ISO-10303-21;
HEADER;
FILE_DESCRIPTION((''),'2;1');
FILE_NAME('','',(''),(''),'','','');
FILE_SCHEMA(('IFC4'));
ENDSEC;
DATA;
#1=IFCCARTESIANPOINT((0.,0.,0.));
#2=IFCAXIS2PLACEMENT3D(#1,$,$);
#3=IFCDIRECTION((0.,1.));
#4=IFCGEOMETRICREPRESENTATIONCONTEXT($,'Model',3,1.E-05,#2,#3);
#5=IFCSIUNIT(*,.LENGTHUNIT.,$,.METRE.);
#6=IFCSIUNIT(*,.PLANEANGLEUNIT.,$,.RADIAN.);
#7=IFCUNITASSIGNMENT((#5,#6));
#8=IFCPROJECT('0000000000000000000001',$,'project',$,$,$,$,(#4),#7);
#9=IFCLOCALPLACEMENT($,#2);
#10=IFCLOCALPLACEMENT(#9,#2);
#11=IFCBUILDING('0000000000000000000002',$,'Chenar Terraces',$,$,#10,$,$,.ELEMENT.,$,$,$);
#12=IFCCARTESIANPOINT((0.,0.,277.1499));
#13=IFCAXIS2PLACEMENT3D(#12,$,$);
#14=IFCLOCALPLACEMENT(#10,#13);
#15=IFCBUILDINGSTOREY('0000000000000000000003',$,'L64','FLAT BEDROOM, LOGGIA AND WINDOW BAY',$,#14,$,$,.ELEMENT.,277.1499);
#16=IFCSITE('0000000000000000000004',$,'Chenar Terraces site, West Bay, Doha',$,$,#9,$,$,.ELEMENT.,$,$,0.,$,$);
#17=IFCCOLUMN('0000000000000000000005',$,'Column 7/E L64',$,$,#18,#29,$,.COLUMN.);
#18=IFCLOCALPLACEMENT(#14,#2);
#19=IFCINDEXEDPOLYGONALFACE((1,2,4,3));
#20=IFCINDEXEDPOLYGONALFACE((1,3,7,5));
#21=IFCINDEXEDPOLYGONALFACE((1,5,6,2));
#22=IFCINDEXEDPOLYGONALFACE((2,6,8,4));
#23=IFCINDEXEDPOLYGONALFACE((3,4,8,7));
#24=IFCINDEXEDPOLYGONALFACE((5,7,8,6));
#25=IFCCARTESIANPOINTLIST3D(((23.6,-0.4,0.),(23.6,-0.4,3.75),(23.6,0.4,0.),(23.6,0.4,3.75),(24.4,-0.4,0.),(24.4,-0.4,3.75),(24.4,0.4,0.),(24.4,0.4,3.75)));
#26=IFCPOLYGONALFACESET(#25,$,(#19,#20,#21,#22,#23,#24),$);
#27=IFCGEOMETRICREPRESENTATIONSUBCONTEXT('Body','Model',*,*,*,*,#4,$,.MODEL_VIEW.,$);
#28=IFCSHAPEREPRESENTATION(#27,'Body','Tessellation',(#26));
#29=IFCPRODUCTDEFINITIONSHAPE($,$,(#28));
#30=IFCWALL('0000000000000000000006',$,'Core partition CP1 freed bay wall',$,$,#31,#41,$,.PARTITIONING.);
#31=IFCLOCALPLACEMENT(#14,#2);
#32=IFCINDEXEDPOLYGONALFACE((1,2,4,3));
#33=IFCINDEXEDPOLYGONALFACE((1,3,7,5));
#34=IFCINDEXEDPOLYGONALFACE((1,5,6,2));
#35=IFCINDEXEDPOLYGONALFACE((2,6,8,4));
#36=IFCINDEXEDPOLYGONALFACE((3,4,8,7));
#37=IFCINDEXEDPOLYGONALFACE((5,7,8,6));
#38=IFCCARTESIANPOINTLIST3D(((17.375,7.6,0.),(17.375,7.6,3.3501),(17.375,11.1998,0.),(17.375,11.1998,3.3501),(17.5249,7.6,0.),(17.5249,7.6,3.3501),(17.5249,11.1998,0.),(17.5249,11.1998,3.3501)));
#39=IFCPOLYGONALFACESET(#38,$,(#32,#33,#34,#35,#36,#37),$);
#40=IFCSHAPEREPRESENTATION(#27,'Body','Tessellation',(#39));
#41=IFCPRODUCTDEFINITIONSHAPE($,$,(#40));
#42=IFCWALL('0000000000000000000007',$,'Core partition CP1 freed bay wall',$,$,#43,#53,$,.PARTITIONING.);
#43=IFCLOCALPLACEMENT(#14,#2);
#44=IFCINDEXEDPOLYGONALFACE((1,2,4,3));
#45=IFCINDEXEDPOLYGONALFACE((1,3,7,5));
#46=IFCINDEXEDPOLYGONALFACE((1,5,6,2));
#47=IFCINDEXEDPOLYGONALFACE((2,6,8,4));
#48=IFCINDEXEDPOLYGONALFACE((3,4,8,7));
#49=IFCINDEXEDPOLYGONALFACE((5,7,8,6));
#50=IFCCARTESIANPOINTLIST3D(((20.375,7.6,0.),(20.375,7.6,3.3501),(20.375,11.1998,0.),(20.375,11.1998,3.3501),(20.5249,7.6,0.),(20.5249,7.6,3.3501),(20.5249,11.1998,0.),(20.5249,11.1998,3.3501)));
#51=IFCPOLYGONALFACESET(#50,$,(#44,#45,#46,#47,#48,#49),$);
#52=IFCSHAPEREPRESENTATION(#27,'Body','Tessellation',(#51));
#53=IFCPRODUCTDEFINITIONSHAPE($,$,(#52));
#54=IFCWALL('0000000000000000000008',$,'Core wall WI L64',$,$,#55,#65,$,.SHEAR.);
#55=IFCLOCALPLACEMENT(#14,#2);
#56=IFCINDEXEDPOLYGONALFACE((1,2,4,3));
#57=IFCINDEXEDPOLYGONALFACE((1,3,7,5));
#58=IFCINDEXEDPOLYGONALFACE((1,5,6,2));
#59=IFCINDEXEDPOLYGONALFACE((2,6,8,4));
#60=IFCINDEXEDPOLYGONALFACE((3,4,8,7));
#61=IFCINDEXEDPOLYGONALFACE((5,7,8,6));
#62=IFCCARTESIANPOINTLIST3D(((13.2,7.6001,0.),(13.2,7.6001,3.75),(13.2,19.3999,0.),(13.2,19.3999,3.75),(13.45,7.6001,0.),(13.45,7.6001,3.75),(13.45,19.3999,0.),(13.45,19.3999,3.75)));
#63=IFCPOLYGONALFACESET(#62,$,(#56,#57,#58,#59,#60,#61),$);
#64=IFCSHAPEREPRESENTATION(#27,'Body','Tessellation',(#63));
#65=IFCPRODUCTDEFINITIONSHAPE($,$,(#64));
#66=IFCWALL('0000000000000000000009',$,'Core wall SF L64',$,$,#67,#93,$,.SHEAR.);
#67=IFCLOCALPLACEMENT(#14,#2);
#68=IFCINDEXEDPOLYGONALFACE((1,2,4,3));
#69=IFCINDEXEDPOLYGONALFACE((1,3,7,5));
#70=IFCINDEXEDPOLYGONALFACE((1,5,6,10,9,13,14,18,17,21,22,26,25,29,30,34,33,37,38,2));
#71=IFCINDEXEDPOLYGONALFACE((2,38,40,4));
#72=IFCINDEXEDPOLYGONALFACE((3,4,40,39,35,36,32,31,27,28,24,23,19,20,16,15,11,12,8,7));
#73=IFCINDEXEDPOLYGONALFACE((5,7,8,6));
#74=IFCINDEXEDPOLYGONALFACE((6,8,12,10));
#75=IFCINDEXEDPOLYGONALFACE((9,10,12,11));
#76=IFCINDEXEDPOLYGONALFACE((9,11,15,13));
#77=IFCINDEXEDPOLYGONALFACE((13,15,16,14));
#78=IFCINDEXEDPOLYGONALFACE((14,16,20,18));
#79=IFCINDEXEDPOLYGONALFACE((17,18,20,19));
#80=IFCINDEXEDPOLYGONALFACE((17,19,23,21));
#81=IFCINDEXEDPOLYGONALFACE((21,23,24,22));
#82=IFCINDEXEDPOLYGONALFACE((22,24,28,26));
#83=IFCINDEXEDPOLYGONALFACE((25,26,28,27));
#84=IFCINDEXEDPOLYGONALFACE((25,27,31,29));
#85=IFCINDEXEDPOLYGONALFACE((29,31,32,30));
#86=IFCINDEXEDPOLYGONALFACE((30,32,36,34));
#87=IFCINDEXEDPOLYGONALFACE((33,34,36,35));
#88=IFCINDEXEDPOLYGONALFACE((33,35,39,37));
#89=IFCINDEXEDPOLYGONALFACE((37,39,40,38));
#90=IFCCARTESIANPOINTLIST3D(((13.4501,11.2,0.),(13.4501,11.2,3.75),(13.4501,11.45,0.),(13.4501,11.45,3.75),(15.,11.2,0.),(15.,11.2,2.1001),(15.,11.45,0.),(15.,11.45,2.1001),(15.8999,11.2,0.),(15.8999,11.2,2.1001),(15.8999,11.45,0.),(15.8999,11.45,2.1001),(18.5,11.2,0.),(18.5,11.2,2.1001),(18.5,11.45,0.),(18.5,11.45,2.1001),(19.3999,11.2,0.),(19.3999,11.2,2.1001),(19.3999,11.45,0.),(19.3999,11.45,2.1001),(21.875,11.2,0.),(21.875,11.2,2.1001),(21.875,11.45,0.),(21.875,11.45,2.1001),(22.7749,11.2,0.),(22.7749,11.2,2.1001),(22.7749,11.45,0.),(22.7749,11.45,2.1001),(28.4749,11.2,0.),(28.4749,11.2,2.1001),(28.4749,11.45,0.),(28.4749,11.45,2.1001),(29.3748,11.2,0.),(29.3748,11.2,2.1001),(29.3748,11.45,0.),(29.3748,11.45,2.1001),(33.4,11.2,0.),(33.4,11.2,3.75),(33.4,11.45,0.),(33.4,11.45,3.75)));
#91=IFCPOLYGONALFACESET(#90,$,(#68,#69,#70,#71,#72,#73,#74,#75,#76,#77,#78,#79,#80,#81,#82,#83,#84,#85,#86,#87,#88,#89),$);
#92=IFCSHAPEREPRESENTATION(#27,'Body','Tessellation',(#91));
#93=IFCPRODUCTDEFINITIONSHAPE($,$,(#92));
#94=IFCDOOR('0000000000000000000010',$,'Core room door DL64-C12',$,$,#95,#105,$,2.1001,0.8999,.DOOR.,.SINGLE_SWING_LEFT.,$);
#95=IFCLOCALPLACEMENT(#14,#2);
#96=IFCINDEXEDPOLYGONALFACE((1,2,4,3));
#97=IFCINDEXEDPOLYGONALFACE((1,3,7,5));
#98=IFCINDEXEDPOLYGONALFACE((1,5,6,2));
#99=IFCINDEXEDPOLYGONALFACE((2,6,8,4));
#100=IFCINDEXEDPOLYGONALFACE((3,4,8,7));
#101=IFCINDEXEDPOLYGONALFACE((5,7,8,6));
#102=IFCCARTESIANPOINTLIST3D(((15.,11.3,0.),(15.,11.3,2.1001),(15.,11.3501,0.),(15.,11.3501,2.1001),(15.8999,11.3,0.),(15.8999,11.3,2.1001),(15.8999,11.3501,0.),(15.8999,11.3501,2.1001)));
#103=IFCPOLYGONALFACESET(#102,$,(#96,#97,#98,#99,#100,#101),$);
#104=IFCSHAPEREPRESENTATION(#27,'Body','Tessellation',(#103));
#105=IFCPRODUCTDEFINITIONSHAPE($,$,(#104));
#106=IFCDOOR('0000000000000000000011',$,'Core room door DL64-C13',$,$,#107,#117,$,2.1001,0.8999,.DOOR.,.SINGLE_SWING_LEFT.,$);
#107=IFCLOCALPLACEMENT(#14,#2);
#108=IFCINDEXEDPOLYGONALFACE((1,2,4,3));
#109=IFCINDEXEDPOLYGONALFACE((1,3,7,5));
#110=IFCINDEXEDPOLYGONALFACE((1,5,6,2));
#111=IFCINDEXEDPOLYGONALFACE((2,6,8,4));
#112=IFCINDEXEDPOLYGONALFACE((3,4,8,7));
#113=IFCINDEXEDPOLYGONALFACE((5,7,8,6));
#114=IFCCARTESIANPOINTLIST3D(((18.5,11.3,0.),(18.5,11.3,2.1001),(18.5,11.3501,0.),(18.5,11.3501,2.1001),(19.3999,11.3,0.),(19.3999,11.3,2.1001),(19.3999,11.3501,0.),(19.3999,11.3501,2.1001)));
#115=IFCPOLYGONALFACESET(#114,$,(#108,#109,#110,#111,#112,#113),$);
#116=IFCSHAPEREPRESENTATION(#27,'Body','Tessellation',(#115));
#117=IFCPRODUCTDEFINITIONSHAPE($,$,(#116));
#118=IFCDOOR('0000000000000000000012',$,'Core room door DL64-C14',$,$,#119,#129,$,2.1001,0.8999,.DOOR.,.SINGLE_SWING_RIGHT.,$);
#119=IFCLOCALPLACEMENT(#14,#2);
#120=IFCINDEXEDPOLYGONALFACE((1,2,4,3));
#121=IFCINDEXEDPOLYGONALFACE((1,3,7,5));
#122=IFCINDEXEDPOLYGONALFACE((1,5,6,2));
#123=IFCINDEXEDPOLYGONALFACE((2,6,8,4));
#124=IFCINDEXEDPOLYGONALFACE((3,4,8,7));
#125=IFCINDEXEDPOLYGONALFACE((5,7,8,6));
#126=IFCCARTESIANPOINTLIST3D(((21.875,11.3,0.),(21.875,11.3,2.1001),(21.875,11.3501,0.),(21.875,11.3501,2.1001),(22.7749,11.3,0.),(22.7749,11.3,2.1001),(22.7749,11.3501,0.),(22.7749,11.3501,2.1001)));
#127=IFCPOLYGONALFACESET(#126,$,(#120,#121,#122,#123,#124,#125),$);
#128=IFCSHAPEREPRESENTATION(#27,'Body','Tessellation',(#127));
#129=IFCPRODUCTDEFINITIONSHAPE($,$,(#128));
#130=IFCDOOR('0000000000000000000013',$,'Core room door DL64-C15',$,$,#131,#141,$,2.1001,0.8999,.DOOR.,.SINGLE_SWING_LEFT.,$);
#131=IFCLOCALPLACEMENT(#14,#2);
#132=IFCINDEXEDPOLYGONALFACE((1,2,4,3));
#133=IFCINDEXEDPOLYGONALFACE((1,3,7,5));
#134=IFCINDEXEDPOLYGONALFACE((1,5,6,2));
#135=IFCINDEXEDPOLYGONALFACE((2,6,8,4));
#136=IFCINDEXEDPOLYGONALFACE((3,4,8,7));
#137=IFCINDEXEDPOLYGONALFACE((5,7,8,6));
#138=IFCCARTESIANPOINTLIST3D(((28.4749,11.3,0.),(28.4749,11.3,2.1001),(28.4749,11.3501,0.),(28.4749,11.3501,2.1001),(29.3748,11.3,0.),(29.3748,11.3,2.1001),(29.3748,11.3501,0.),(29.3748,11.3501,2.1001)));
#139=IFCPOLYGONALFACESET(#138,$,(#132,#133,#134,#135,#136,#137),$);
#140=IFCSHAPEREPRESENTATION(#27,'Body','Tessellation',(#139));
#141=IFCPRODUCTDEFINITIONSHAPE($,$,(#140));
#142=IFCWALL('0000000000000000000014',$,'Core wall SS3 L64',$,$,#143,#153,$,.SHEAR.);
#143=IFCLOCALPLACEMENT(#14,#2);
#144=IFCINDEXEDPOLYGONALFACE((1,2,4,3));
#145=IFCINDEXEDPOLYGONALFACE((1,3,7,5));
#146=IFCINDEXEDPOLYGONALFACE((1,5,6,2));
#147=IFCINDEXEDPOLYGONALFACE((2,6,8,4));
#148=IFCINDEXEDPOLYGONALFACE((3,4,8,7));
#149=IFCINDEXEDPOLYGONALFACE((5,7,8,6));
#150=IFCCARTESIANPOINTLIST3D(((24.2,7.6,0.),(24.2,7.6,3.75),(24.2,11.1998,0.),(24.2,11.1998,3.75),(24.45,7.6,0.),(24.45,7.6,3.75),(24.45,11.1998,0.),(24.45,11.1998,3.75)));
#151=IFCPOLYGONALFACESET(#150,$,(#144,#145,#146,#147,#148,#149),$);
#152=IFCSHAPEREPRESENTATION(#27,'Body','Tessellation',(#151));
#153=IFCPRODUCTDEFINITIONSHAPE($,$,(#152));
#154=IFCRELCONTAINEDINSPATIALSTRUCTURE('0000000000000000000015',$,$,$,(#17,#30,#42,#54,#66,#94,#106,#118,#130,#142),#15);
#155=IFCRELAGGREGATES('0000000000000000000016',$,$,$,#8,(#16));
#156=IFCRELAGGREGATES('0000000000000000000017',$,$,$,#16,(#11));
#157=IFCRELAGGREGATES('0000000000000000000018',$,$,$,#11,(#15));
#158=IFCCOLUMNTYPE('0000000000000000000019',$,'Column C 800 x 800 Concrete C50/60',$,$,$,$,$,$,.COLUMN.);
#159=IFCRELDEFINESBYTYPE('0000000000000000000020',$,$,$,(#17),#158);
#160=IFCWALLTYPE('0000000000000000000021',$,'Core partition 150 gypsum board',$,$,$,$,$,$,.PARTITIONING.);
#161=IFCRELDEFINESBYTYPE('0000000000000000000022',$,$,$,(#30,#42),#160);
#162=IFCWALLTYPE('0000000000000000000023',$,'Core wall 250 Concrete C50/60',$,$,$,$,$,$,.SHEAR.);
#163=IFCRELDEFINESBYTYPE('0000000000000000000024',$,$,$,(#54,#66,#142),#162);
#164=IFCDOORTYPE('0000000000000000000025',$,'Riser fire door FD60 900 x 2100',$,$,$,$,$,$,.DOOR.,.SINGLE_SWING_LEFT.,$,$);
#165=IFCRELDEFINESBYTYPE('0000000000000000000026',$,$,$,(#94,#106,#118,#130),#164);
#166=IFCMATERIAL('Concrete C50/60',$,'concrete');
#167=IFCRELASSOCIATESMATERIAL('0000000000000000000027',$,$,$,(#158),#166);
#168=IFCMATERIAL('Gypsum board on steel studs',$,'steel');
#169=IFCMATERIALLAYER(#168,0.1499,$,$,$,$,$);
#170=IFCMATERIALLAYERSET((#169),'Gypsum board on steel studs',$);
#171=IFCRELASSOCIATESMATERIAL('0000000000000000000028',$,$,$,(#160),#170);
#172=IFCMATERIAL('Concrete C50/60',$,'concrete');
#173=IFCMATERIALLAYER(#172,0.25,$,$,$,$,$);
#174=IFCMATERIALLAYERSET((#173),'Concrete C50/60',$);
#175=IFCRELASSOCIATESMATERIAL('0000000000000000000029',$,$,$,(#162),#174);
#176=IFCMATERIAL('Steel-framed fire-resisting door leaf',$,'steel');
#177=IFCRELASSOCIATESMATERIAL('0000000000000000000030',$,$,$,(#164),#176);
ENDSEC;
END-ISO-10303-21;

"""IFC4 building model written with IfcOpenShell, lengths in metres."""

from ifc_helpers import new_model, si_unit, direction, frame, frame_2d, origin, origin_2d, place, context, subcontext, project, spatial, rectangle, extrude, material, layer, layer_set, material_profile, profile_set, type_object, element, fill, save


model = new_model("IFC4")

# Units and contexts
model_context = context("Model", 3, precision=1e-05, world=origin(), true_north=direction((0.0, 1.0)))
body_context = subcontext(model_context, "Body", "Model", "MODEL_VIEW")
ifc_project = project(units=[si_unit("LENGTHUNIT", "METRE"), si_unit("PLANEANGLEUNIT", "RADIAN")], contexts=[model_context])

# Site, building, storey
site_placement = place(None, origin())
site = spatial("IfcSite", under=ifc_project, at=site_placement, Name="Chenar Terraces site, West Bay, Doha", CompositionType="ELEMENT", RefElevation=0.0)
building_placement = place(site_placement, origin())
building = spatial("IfcBuilding", under=site, at=building_placement, Name="Chenar Terraces", CompositionType="ELEMENT")
storey_placement = place(building_placement, frame((0.0, 0.0, 277.1499)))
storey = spatial("IfcBuildingStorey", under=building, at=storey_placement, Name="L64", Description="FLAT BEDROOM, LOGGIA AND WINDOW BAY", CompositionType="ELEMENT", Elevation=277.1499)

# Column
ifc_material_1 = material(Name="Concrete C50/60", Category="concrete")
ifc_material_profile = material_profile(ifc_material_1, rectangle(XDim=0.8, YDim=0.8, at=origin_2d()), Name="C 800 x 800")
ifc_profile_set = profile_set([ifc_material_profile], Name="Concrete C50/60")
column_type = type_object("IfcColumnType", Name="Column C 800 x 800 Concrete C50/60", PredefinedType="COLUMN", material=ifc_profile_set)
column_placement = place(storey_placement, frame((24.0, 0.0, 0.0), z_axis=(0.0, 0.0, 1.0), x_axis=(1.0, 0.0, 0.0)))
element("IfcColumn", 1, at=column_placement, inside=storey, type_object=column_type, Name="Column 7/E L64", PredefinedType="COLUMN", context=body_context, shape_type="SweptSolid", body=[
    extrude(rectangle(XDim=0.8, YDim=0.8, at=origin_2d()), origin(), (0.0, 0.0, 1.0), 3.75),
])

# Walls
ifc_material_2 = material(Name="Gypsum board on steel studs", Category="steel")
ifc_layer_1 = layer(ifc_material_2, 0.1499)
ifc_layer_set_1 = layer_set([ifc_layer_1], Name="Gypsum board on steel studs")
wall_type_1 = type_object("IfcWallType", Name="Core partition 150 gypsum board", PredefinedType="PARTITIONING", material=ifc_layer_set_1)
for number, where, z_axis, x_axis, name in (
    (2, (17.45, 7.6001, 0.0), (0.0, 0.0, 1.0), (0.0, 1.0, 0.0), "Core partition CP1 freed bay wall"),
    (3, (20.45, 7.6001, 0.0), (0.0, 0.0, 1.0), (0.0, 1.0, 0.0), "Core partition CP1 freed bay wall"),
):
    element("IfcWall", number, at=place(storey_placement, frame(where, z_axis=z_axis, x_axis=x_axis)), inside=storey, type_object=wall_type_1, Name=name, PredefinedType="PARTITIONING", context=body_context, shape_type="SweptSolid", body=[
        extrude(rectangle(XDim=3.5999, YDim=0.1499, at=frame_2d((1.7998, 0.0))), origin(), (0.0, 0.0, 1.0), 3.3501),
    ])
ifc_material_3 = material(Name="Concrete C50/60", Category="concrete")
ifc_layer_2 = layer(ifc_material_3, 0.25)
ifc_layer_set_2 = layer_set([ifc_layer_2], Name="Concrete C50/60")
wall_type_2 = type_object("IfcWallType", Name="Core wall 250 Concrete C50/60", PredefinedType="SHEAR", material=ifc_layer_set_2)
wall_1_placement = place(storey_placement, frame((13.325, 7.6001, 0.0), z_axis=(0.0, 0.0, 1.0), x_axis=(0.0, 1.0, 0.0)))
element("IfcWall", 4, at=wall_1_placement, inside=storey, type_object=wall_type_2, Name="Core wall WI L64", PredefinedType="SHEAR", context=body_context, shape_type="SweptSolid", body=[
    extrude(rectangle(XDim=11.7998, YDim=0.25, at=frame_2d((5.8999, 0.0))), origin(), (0.0, 0.0, 1.0), 3.75),
])

# Wall, openings, doors
wall_2_placement = place(storey_placement, frame((13.45, 11.325, 0.0), z_axis=(0.0, 0.0, 1.0), x_axis=(1.0, 0.0, 0.0)))
wall_2 = element("IfcWall", 5, at=wall_2_placement, inside=storey, type_object=wall_type_2, Name="Core wall SF L64", PredefinedType="SHEAR", context=body_context, shape_type="SweptSolid", body=[
    extrude(rectangle(XDim=19.95, YDim=0.25, at=frame_2d((9.9751, 0.0))), origin(), (0.0, 0.0, 1.0), 3.75),
])
opening_1_placement = place(wall_2_placement, frame((1.55, 0.0, 0.0)))
opening_1 = element("IfcOpeningElement", 6, at=opening_1_placement, cuts=wall_2, PredefinedType="OPENING", context=body_context, shape_type="SweptSolid", body=[
    extrude(rectangle(XDim=0.8999, YDim=2.1001, at=frame_2d((0.45, 1.05))), frame((0.0, 0.135, 0.0), z_axis=(0.0, -1.0, 0.0), x_axis=(1.0, 0.0, 0.0)), (0.0, 0.0, 1.0), 0.27),
])
opening_2_placement = place(wall_2_placement, frame((5.05, 0.0, 0.0)))
opening_2 = element("IfcOpeningElement", 7, at=opening_2_placement, cuts=wall_2, PredefinedType="OPENING", context=body_context, shape_type="SweptSolid", body=[
    extrude(rectangle(XDim=0.8999, YDim=2.1001, at=frame_2d((0.45, 1.05))), frame((0.0, 0.135, 0.0), z_axis=(0.0, -1.0, 0.0), x_axis=(1.0, 0.0, 0.0)), (0.0, 0.0, 1.0), 0.27),
])
opening_3_placement = place(wall_2_placement, frame((8.425, 0.0, 0.0)))
opening_3 = element("IfcOpeningElement", 8, at=opening_3_placement, cuts=wall_2, PredefinedType="OPENING", context=body_context, shape_type="SweptSolid", body=[
    extrude(rectangle(XDim=0.8999, YDim=2.1001, at=frame_2d((0.45, 1.05))), frame((0.0, 0.135, 0.0), z_axis=(0.0, -1.0, 0.0), x_axis=(1.0, 0.0, 0.0)), (0.0, 0.0, 1.0), 0.27),
])
opening_4_placement = place(wall_2_placement, frame((15.0249, 0.0, 0.0)))
opening_4 = element("IfcOpeningElement", 9, at=opening_4_placement, cuts=wall_2, PredefinedType="OPENING", context=body_context, shape_type="SweptSolid", body=[
    extrude(rectangle(XDim=0.8999, YDim=2.1001, at=frame_2d((0.45, 1.05))), frame((0.0, 0.135, 0.0), z_axis=(0.0, -1.0, 0.0), x_axis=(1.0, 0.0, 0.0)), (0.0, 0.0, 1.0), 0.27),
])
ifc_material_4 = material(Name="Steel-framed fire-resisting door leaf", Category="steel")
door_type_1 = type_object("IfcDoorType", Name="Riser fire door FD60 900 x 2100", OperationType="SINGLE_SWING_LEFT", PredefinedType="DOOR", material=ifc_material_4)
door_1_placement = place(opening_1_placement, frame((0.8999, 0.0, 0.0), z_axis=(0.0, 0.0, 1.0), x_axis=(-1.0, 0.0, 0.0)))
door_1 = element("IfcDoor", 10, at=door_1_placement, inside=storey, type_object=door_type_1, Name="Core room door DL64-C12", OperationType="SINGLE_SWING_LEFT", OverallHeight=2.1001, OverallWidth=0.8999, PredefinedType="DOOR", context=body_context, shape_type="SweptSolid", body=[
    extrude(rectangle(XDim=0.8999, YDim=2.1001, at=frame_2d((0.45, 1.05))), frame((0.0, 0.0249, 0.0), z_axis=(0.0, -1.0, 0.0), x_axis=(1.0, 0.0, 0.0)), (0.0, 0.0, 1.0), 0.05),
])
fill(opening_1, door_1)
door_2_placement = place(opening_2_placement, frame((0.8999, 0.0, 0.0), z_axis=(0.0, 0.0, 1.0), x_axis=(-1.0, 0.0, 0.0)))
door_2 = element("IfcDoor", 11, at=door_2_placement, inside=storey, type_object=door_type_1, Name="Core room door DL64-C13", OperationType="SINGLE_SWING_LEFT", OverallHeight=2.1001, OverallWidth=0.8999, PredefinedType="DOOR", context=body_context, shape_type="SweptSolid", body=[
    extrude(rectangle(XDim=0.8999, YDim=2.1001, at=frame_2d((0.45, 1.05))), frame((0.0, 0.0249, 0.0), z_axis=(0.0, -1.0, 0.0), x_axis=(1.0, 0.0, 0.0)), (0.0, 0.0, 1.0), 0.05),
])
fill(opening_2, door_2)
door_3_placement = place(opening_3_placement, frame((0.8999, 0.0, 0.0), z_axis=(0.0, 0.0, 1.0), x_axis=(-1.0, 0.0, 0.0)))
door_3 = element("IfcDoor", 12, at=door_3_placement, inside=storey, type_object=door_type_1, Name="Core room door DL64-C14", OperationType="SINGLE_SWING_RIGHT", OverallHeight=2.1001, OverallWidth=0.8999, PredefinedType="DOOR", context=body_context, shape_type="SweptSolid", body=[
    extrude(rectangle(XDim=0.8999, YDim=2.1001, at=frame_2d((0.45, 1.05))), frame((0.0, 0.0249, 0.0), z_axis=(0.0, -1.0, 0.0), x_axis=(1.0, 0.0, 0.0)), (0.0, 0.0, 1.0), 0.05),
])
fill(opening_3, door_3)
door_4_placement = place(opening_4_placement, frame((0.8999, 0.0, 0.0), z_axis=(0.0, 0.0, 1.0), x_axis=(-1.0, 0.0, 0.0)))
door_4 = element("IfcDoor", 13, at=door_4_placement, inside=storey, type_object=door_type_1, Name="Core room door DL64-C15", OperationType="SINGLE_SWING_LEFT", OverallHeight=2.1001, OverallWidth=0.8999, PredefinedType="DOOR", context=body_context, shape_type="SweptSolid", body=[
    extrude(rectangle(XDim=0.8999, YDim=2.1001, at=frame_2d((0.45, 1.05))), frame((0.0, 0.0249, 0.0), z_axis=(0.0, -1.0, 0.0), x_axis=(1.0, 0.0, 0.0)), (0.0, 0.0, 1.0), 0.05),
])
fill(opening_4, door_4)

# Wall
wall_3_placement = place(storey_placement, frame((24.325, 7.6001, 0.0), z_axis=(0.0, 0.0, 1.0), x_axis=(0.0, 1.0, 0.0)))
element("IfcWall", 14, at=wall_3_placement, inside=storey, type_object=wall_type_2, Name="Core wall SS3 L64", PredefinedType="SHEAR", context=body_context, shape_type="SweptSolid", body=[
    extrude(rectangle(XDim=3.5999, YDim=0.25, at=frame_2d((1.7998, 0.0))), origin(), (0.0, 0.0, 1.0), 3.75),
])

save(model, "model.ifc")
